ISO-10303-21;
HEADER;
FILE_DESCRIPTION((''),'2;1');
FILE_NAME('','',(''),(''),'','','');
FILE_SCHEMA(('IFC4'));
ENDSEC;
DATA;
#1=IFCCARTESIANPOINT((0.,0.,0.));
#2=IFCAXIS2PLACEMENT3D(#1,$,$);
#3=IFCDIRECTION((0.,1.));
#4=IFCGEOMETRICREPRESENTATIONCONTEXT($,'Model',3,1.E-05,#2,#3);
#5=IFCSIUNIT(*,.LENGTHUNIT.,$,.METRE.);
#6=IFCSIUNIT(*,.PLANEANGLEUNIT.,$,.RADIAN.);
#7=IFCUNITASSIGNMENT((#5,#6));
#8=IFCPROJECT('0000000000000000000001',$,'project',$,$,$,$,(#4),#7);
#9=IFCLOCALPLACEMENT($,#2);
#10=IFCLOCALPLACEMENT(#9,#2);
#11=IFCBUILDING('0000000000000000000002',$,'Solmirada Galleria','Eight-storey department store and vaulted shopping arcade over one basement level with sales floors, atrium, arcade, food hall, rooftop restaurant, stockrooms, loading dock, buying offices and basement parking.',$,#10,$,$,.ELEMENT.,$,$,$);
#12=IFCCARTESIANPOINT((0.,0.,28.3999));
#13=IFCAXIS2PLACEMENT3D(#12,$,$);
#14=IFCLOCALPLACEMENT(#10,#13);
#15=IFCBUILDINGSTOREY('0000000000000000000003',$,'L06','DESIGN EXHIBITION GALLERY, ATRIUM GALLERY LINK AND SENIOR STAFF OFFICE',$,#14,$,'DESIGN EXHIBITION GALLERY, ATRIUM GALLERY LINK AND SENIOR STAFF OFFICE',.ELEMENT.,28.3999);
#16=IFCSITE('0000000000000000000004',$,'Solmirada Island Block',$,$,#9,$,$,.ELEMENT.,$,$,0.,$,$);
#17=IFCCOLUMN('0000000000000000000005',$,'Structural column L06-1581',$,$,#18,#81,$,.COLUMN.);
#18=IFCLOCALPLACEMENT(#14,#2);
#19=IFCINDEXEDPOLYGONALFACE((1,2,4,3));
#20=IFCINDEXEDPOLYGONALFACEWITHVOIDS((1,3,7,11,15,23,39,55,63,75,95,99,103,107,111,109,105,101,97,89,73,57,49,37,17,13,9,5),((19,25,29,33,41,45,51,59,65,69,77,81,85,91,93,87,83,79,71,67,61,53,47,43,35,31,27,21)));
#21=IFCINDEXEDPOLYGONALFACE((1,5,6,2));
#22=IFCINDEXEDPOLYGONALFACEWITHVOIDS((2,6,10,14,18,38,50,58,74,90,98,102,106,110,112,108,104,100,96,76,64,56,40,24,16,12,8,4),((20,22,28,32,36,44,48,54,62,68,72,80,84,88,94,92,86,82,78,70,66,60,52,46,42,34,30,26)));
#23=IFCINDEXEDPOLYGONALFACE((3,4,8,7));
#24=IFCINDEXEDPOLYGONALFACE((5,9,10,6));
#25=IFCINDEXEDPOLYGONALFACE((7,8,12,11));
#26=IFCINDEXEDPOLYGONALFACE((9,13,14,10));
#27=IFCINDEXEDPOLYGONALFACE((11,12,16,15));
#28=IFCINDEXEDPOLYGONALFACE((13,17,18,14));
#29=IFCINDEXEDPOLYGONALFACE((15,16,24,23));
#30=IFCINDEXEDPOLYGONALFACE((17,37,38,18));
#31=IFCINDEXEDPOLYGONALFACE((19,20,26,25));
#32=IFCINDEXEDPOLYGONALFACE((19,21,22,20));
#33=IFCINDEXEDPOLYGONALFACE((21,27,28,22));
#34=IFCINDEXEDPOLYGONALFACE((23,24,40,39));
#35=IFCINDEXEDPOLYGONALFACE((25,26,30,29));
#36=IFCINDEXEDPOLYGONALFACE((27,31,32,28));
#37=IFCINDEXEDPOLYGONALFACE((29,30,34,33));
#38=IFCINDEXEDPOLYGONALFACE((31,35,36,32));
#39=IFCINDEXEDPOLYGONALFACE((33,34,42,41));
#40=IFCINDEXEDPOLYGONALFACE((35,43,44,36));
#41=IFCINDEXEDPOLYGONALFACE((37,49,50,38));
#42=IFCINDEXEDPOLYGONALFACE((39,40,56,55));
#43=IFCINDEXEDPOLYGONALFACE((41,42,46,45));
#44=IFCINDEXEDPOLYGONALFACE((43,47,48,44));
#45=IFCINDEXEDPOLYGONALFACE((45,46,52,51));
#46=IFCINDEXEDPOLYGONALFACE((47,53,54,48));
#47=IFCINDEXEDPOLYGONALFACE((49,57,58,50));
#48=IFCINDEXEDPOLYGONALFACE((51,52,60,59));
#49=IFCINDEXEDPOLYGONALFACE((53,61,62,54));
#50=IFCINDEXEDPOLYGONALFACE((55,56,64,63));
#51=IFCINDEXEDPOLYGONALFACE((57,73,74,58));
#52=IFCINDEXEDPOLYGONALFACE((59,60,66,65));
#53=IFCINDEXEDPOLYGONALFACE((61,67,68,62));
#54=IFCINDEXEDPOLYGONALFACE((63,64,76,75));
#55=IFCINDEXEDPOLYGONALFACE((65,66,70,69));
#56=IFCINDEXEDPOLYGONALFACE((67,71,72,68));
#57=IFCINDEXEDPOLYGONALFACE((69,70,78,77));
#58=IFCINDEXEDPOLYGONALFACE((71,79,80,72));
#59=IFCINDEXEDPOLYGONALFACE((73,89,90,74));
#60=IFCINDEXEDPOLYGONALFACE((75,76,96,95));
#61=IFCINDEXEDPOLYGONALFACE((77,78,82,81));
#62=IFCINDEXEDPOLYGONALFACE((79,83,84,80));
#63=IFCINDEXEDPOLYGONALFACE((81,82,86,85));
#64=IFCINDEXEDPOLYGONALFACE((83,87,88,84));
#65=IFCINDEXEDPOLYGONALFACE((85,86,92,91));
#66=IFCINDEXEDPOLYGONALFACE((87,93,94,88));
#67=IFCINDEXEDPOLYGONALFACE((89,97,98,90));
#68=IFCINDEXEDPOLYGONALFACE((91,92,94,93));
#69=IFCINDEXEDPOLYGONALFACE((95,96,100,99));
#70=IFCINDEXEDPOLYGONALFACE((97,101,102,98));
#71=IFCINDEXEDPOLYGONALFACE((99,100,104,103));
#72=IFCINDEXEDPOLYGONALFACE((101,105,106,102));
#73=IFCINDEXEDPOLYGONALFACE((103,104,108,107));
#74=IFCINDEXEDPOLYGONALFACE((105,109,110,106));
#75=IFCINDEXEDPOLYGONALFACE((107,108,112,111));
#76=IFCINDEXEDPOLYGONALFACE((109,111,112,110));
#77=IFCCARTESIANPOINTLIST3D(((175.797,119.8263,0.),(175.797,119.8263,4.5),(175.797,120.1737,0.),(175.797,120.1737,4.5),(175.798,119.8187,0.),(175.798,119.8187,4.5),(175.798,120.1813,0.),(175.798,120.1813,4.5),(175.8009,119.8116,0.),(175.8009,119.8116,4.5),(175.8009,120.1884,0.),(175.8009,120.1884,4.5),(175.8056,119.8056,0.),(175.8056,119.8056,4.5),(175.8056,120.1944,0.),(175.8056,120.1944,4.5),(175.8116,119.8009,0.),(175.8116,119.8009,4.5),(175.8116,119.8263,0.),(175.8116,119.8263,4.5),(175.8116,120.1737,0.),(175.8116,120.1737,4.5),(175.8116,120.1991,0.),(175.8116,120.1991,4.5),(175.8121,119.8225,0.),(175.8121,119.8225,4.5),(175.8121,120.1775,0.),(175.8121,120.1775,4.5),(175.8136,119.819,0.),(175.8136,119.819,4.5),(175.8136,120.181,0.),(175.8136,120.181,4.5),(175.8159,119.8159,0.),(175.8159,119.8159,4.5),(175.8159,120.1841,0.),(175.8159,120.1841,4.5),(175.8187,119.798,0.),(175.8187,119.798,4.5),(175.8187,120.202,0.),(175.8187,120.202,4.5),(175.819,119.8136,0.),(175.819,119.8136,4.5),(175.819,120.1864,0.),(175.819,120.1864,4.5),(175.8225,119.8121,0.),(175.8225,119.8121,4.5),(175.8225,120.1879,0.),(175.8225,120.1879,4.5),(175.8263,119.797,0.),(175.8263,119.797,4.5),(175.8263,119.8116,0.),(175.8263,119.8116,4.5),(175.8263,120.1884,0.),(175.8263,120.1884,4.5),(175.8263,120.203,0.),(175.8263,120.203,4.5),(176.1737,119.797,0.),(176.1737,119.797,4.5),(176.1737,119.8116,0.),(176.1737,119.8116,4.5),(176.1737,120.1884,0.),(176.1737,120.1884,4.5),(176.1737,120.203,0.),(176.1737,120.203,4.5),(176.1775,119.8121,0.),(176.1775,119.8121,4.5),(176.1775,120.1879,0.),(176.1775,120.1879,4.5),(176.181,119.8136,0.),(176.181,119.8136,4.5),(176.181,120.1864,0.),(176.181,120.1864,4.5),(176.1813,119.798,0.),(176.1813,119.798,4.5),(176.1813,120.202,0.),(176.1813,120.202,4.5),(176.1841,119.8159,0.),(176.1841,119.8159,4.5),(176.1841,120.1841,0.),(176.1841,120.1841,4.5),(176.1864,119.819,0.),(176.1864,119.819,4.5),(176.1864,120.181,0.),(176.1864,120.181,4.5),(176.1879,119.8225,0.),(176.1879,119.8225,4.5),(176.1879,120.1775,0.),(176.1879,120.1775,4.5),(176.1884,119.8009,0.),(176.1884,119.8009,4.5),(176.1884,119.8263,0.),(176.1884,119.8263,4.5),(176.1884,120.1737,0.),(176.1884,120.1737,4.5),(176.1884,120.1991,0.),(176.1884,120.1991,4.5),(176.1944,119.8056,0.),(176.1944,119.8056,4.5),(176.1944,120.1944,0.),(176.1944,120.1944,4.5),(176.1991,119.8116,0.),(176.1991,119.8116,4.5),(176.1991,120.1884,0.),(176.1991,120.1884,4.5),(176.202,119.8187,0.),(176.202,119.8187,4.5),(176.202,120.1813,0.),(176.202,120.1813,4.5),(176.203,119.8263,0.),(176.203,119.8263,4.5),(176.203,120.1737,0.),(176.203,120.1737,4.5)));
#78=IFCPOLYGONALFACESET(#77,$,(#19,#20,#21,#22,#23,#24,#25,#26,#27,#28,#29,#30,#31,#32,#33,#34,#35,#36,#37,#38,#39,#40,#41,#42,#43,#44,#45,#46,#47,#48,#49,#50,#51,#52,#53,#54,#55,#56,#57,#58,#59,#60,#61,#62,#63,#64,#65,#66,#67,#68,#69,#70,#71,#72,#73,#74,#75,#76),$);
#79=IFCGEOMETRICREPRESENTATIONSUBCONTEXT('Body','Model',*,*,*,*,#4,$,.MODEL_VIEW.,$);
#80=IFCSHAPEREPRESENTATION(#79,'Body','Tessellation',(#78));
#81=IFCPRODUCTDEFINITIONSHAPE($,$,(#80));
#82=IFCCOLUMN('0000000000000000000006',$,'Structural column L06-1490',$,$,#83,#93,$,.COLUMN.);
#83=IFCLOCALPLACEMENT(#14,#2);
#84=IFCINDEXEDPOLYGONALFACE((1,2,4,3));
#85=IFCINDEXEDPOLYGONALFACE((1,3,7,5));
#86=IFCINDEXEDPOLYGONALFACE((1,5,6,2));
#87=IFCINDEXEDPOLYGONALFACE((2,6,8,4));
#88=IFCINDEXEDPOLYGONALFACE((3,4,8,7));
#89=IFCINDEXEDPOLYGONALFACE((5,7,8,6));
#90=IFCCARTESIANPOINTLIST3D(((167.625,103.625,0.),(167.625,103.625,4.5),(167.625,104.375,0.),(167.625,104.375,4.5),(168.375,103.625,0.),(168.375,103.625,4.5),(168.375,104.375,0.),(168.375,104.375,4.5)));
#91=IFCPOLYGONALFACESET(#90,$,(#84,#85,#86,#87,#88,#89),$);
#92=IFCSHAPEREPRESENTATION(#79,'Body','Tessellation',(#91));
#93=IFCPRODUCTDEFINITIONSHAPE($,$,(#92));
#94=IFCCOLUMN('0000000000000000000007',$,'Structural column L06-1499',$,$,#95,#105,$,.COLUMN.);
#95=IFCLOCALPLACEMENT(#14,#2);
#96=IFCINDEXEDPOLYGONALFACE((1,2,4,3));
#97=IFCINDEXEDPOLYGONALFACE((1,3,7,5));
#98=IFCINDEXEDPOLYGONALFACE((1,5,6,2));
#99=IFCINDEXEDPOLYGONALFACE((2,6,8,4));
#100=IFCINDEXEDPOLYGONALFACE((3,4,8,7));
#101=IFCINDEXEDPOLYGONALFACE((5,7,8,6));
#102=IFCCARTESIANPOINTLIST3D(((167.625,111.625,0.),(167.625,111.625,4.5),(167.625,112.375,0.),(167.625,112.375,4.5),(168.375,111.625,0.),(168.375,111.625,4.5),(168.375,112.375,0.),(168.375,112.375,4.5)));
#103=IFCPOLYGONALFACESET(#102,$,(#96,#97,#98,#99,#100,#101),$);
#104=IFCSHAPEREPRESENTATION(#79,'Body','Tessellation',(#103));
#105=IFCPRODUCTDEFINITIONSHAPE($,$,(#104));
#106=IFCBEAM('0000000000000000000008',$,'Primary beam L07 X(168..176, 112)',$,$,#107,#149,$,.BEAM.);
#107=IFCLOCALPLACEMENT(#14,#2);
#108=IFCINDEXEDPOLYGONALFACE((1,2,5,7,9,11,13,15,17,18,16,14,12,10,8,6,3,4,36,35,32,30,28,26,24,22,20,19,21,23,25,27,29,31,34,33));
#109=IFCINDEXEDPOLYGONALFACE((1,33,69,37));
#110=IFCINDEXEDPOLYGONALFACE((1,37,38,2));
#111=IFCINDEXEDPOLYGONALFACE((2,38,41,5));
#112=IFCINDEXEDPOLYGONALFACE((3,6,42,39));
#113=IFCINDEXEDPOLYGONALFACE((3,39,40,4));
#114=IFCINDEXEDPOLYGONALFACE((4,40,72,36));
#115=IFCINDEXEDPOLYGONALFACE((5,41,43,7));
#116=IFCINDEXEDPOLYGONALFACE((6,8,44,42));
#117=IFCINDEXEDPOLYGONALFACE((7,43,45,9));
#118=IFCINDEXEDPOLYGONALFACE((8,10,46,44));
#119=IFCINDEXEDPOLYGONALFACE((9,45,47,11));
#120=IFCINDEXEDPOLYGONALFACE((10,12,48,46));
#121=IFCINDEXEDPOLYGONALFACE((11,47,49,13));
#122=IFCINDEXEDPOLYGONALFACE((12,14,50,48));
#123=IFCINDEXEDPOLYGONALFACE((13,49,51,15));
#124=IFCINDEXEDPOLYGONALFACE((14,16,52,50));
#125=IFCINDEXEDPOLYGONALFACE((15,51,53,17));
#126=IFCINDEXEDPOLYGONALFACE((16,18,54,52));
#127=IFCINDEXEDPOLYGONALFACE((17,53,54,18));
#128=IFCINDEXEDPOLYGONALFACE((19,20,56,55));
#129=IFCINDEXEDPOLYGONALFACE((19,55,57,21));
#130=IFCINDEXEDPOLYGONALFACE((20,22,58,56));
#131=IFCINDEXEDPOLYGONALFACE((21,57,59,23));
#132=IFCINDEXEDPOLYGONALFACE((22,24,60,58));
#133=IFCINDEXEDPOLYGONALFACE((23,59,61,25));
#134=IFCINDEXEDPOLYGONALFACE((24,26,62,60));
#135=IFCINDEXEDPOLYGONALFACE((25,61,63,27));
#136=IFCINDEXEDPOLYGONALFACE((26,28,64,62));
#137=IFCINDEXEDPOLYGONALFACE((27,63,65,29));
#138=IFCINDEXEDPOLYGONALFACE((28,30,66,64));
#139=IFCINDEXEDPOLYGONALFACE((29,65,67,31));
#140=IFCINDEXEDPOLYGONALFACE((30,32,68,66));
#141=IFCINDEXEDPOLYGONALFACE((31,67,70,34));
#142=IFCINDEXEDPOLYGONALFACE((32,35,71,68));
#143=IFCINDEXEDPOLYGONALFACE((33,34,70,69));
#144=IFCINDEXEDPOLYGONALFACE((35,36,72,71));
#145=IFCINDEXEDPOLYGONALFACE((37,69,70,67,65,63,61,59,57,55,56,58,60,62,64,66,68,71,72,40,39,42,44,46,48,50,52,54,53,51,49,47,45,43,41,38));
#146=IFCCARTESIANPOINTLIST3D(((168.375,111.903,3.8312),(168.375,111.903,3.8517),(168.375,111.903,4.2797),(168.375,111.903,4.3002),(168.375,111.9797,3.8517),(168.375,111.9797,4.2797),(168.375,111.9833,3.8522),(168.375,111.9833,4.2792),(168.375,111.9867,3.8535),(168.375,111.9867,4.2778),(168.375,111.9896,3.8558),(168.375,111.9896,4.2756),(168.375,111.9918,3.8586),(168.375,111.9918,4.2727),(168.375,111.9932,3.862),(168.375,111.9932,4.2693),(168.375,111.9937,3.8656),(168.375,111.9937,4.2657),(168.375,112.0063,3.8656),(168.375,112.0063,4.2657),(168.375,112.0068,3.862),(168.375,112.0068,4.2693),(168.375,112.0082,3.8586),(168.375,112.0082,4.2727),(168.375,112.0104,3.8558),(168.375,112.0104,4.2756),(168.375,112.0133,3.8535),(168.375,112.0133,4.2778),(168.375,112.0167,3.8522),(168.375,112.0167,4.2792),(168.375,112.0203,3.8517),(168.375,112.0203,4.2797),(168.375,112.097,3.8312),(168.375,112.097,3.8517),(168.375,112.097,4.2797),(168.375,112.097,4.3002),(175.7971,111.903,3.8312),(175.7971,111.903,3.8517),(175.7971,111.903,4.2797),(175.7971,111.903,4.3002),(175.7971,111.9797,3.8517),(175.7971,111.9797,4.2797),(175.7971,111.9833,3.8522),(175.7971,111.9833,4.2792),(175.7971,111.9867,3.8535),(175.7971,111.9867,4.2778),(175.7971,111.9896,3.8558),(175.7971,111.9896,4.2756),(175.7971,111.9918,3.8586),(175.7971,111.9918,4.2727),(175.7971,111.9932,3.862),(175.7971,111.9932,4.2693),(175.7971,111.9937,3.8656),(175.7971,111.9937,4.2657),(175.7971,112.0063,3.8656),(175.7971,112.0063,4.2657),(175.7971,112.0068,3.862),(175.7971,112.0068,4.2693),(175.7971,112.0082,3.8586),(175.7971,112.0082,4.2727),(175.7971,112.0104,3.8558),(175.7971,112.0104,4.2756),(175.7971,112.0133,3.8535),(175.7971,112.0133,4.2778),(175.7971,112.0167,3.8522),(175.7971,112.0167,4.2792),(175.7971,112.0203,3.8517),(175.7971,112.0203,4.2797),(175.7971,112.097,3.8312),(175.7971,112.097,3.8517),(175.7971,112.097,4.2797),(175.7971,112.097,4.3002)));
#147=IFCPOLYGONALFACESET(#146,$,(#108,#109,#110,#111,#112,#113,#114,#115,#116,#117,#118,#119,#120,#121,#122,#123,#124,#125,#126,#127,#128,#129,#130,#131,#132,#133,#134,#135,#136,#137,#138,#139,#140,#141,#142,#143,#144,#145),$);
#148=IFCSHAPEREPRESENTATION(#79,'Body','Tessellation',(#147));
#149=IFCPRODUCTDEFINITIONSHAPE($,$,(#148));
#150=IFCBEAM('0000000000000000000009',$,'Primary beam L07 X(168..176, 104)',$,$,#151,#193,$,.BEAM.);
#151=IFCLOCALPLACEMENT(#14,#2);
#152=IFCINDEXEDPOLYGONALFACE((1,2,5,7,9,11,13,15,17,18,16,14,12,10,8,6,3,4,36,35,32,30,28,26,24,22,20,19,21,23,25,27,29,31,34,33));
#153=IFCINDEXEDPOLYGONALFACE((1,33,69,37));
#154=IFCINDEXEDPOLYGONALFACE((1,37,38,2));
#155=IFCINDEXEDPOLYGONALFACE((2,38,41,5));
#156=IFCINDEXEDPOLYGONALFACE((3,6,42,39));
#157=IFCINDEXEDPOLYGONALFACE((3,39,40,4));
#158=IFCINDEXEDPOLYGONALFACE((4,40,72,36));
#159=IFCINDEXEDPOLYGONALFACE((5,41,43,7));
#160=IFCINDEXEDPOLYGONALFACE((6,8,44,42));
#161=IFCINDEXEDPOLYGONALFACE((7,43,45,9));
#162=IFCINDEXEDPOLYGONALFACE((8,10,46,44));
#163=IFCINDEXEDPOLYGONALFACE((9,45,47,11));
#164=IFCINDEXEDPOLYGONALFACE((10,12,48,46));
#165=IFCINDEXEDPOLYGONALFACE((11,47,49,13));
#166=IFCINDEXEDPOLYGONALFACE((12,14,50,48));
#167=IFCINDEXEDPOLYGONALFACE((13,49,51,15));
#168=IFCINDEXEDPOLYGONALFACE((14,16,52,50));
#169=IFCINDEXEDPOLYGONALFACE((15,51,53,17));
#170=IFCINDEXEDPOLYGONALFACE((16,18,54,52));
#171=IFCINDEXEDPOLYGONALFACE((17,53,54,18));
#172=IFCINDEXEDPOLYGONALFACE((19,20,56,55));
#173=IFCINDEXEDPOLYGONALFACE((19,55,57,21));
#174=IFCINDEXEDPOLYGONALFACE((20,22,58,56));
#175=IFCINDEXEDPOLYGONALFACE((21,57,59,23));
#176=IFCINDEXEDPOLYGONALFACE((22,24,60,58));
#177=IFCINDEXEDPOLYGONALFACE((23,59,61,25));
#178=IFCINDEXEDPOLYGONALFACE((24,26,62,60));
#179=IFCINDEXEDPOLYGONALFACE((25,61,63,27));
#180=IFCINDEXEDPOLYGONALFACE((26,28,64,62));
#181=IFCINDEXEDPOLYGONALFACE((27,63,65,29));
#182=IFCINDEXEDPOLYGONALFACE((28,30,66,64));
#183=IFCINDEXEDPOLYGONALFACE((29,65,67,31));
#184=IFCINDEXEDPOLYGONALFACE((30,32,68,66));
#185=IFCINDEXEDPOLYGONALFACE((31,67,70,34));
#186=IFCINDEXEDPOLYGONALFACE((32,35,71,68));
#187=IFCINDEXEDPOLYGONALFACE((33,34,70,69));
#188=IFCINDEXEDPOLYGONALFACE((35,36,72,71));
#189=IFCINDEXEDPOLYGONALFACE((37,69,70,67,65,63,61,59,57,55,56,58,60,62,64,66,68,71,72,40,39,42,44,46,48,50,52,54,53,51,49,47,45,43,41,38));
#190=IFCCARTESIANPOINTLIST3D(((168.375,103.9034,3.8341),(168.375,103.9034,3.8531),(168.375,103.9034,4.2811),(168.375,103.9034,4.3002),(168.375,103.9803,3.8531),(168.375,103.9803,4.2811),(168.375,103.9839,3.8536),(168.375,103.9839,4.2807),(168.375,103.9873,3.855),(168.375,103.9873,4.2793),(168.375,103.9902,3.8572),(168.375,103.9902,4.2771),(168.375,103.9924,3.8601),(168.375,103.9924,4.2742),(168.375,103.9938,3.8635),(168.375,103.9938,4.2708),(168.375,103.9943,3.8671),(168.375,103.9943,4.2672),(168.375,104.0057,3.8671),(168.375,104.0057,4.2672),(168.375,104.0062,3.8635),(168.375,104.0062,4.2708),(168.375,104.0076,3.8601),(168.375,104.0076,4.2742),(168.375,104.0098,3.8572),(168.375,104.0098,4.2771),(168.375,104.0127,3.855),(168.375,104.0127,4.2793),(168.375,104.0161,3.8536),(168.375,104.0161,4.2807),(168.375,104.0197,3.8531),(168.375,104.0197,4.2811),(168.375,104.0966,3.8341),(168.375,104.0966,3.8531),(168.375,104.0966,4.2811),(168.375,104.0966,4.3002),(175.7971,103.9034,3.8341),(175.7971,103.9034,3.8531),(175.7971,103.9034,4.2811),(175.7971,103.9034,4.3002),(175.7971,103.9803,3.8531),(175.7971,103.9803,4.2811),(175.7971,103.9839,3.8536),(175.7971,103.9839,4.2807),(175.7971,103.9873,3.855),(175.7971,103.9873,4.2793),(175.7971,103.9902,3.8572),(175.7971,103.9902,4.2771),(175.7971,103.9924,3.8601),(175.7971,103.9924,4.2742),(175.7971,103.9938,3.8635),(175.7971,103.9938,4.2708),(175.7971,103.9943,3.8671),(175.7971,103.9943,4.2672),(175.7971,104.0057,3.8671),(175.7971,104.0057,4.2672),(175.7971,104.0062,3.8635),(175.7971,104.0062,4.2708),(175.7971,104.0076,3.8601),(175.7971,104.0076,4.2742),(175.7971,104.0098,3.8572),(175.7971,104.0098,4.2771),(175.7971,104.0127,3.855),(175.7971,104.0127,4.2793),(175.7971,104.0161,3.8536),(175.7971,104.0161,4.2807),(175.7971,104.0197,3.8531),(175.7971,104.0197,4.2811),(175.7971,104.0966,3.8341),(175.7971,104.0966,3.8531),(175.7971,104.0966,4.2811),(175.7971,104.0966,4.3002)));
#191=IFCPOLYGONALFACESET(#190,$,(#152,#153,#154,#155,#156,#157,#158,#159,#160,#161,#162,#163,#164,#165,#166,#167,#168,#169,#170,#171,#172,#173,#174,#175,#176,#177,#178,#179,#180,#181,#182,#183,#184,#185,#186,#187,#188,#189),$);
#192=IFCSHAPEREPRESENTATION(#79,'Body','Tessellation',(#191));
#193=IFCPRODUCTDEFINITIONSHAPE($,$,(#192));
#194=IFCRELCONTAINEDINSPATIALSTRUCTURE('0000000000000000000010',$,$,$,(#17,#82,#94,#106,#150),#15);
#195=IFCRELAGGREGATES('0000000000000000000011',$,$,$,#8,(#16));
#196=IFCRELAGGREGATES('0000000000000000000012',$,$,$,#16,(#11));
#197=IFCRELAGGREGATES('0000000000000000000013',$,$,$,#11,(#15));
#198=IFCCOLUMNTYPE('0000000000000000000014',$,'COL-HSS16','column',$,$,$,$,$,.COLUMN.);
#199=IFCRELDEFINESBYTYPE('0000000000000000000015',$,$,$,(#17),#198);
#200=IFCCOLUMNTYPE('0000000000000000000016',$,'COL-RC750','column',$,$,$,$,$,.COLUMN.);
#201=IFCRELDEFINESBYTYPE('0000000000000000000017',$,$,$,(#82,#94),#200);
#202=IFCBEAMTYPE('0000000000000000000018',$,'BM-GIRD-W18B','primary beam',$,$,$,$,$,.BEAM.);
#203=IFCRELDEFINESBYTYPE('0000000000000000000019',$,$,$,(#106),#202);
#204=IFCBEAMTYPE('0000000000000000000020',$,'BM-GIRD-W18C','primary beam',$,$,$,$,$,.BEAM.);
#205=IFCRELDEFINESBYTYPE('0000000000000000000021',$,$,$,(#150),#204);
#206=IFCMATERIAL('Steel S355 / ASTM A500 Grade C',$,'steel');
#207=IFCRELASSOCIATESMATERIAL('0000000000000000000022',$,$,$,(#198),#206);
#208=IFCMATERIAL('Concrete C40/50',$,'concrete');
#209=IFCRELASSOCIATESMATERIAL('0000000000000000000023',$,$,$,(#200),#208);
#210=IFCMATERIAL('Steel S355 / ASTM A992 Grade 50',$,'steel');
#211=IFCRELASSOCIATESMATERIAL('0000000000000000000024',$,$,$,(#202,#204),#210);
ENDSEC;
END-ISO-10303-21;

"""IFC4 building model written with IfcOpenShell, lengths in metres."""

from ifc_helpers import new_model, si_unit, direction, frame, origin, origin_2d, place, context, subcontext, project, spatial, rectangle, hollow_rectangle, i_section, extrude, material, material_profile, profile_set, type_object, element, save


model = new_model("IFC4")

# Units and contexts
model_context = context("Model", 3, precision=1e-05, world=origin(), true_north=direction((0.0, 1.0)))
body_context = subcontext(model_context, "Body", "Model", "MODEL_VIEW")
ifc_project = project(units=[si_unit("LENGTHUNIT", "METRE"), si_unit("PLANEANGLEUNIT", "RADIAN")], contexts=[model_context])

# Site, building, storey
site_placement = place(None, origin())
site = spatial("IfcSite", under=ifc_project, at=site_placement, Name="Solmirada Island Block", CompositionType="ELEMENT", RefElevation=0.0)
building_placement = place(site_placement, origin())
building = spatial("IfcBuilding", under=site, at=building_placement, Name="Solmirada Galleria", Description="Eight-storey department store and vaulted shopping arcade over one basement level with sales floors, atrium, arcade, food hall, rooftop restaurant, stockrooms, loading dock, buying offices and basement parking.", CompositionType="ELEMENT")
storey_placement = place(building_placement, frame((0.0, 0.0, 28.3999)))
storey = spatial("IfcBuildingStorey", under=building, at=storey_placement, Name="L06", Description="DESIGN EXHIBITION GALLERY, ATRIUM GALLERY LINK AND SENIOR STAFF OFFICE", LongName="DESIGN EXHIBITION GALLERY, ATRIUM GALLERY LINK AND SENIOR STAFF OFFICE", CompositionType="ELEMENT", Elevation=28.3999)

# Columns
ifc_material_1 = material(Name="Steel S355 / ASTM A500 Grade C", Category="steel")
ifc_material_profile_1 = material_profile(ifc_material_1, hollow_rectangle(XDim=0.406, YDim=0.406, WallThickness=0.0146, InnerFilletRadius=0.0146, OuterFilletRadius=0.0293, at=origin_2d()), Name="HSS16X16X5/8")
ifc_profile_set_1 = profile_set([ifc_material_profile_1], Name="Steel S355 / ASTM A500 Grade C")
column_type_1 = type_object("IfcColumnType", Name="COL-HSS16", Description="column", PredefinedType="COLUMN", material=ifc_profile_set_1)
for number, where, z_axis, x_axis, name in (
    (1, (176.0, 120.0, 0.0), (0.0, 0.0, 1.0), (1.0, 0.0, 0.0), "Structural column L06-1581"),
):
    element("IfcColumn", number, at=place(storey_placement, frame(where, z_axis=z_axis, x_axis=x_axis)), inside=storey, type_object=column_type_1, Name=name, PredefinedType="COLUMN", context=body_context, shape_type="SweptSolid", body=[
        extrude(hollow_rectangle(XDim=0.406, YDim=0.406, WallThickness=0.0146, InnerFilletRadius=0.0146, OuterFilletRadius=0.0293, at=origin_2d()), origin(), (0.0, 0.0, 1.0), 4.5),
    ])
ifc_material_2 = material(Name="Concrete C40/50", Category="concrete")
ifc_material_profile_2 = material_profile(ifc_material_2, rectangle(XDim=0.75, YDim=0.75, at=origin_2d()), Name="RC750X750")
ifc_profile_set_2 = profile_set([ifc_material_profile_2], Name="Concrete C40/50")
column_type_2 = type_object("IfcColumnType", Name="COL-RC750", Description="column", PredefinedType="COLUMN", material=ifc_profile_set_2)
for number, where, z_axis, x_axis, name in (
    (2, (168.0, 104.0, 0.0), (0.0, 0.0, 1.0), (1.0, 0.0, 0.0), "Structural column L06-1490"),
    (3, (168.0, 112.0, 0.0), (0.0, 0.0, 1.0), (1.0, 0.0, 0.0), "Structural column L06-1499"),
):
    element("IfcColumn", number, at=place(storey_placement, frame(where, z_axis=z_axis, x_axis=x_axis)), inside=storey, type_object=column_type_2, Name=name, PredefinedType="COLUMN", context=body_context, shape_type="SweptSolid", body=[
        extrude(rectangle(XDim=0.75, YDim=0.75, at=origin_2d()), origin(), (0.0, 0.0, 1.0), 4.5),
    ])

# Beams
ifc_material_3 = material(Name="Steel S355 / ASTM A992 Grade 50", Category="steel")
ifc_material_profile_3 = material_profile(ifc_material_3, i_section(OverallWidth=0.1941, OverallDepth=0.469, WebThickness=0.0127, FlangeThickness=0.0205, FilletRadius=0.0139, at=origin_2d()), Name="W18X71")
ifc_profile_set_3 = profile_set([ifc_material_profile_3], Name="Steel S355 / ASTM A992 Grade 50")
beam_type_1 = type_object("IfcBeamType", Name="BM-GIRD-W18B", Description="primary beam", PredefinedType="BEAM", material=ifc_profile_set_3)
beam_1_placement = place(storey_placement, frame((168.375, 112.0, 4.0657), z_axis=(1.0, 0.0, 0.0), x_axis=(0.0, 1.0, 0.0)))
element("IfcBeam", 4, at=beam_1_placement, inside=storey, type_object=beam_type_1, Name="Primary beam L07 X(168..176, 112)", PredefinedType="BEAM", context=body_context, shape_type="SweptSolid", body=[
    extrude(i_section(OverallWidth=0.1941, OverallDepth=0.469, WebThickness=0.0127, FlangeThickness=0.0205, FilletRadius=0.0139, at=origin_2d()), origin(), (0.0, 0.0, 1.0), 7.4221),
])
ifc_material_profile_4 = material_profile(ifc_material_3, i_section(OverallWidth=0.1931, OverallDepth=0.4661, WebThickness=0.0115, FlangeThickness=0.019, FilletRadius=0.0139, at=origin_2d()), Name="W18X65")
ifc_profile_set_4 = profile_set([ifc_material_profile_4], Name="Steel S355 / ASTM A992 Grade 50")
beam_type_2 = type_object("IfcBeamType", Name="BM-GIRD-W18C", Description="primary beam", PredefinedType="BEAM", material=ifc_profile_set_4)
beam_2_placement = place(storey_placement, frame((168.375, 104.0, 4.0671), z_axis=(1.0, 0.0, 0.0), x_axis=(0.0, 1.0, 0.0)))
element("IfcBeam", 5, at=beam_2_placement, inside=storey, type_object=beam_type_2, Name="Primary beam L07 X(168..176, 104)", PredefinedType="BEAM", context=body_context, shape_type="SweptSolid", body=[
    extrude(i_section(OverallWidth=0.1931, OverallDepth=0.4661, WebThickness=0.0115, FlangeThickness=0.019, FilletRadius=0.0139, at=origin_2d()), origin(), (0.0, 0.0, 1.0), 7.4221),
])

save(model, "model.ifc")
